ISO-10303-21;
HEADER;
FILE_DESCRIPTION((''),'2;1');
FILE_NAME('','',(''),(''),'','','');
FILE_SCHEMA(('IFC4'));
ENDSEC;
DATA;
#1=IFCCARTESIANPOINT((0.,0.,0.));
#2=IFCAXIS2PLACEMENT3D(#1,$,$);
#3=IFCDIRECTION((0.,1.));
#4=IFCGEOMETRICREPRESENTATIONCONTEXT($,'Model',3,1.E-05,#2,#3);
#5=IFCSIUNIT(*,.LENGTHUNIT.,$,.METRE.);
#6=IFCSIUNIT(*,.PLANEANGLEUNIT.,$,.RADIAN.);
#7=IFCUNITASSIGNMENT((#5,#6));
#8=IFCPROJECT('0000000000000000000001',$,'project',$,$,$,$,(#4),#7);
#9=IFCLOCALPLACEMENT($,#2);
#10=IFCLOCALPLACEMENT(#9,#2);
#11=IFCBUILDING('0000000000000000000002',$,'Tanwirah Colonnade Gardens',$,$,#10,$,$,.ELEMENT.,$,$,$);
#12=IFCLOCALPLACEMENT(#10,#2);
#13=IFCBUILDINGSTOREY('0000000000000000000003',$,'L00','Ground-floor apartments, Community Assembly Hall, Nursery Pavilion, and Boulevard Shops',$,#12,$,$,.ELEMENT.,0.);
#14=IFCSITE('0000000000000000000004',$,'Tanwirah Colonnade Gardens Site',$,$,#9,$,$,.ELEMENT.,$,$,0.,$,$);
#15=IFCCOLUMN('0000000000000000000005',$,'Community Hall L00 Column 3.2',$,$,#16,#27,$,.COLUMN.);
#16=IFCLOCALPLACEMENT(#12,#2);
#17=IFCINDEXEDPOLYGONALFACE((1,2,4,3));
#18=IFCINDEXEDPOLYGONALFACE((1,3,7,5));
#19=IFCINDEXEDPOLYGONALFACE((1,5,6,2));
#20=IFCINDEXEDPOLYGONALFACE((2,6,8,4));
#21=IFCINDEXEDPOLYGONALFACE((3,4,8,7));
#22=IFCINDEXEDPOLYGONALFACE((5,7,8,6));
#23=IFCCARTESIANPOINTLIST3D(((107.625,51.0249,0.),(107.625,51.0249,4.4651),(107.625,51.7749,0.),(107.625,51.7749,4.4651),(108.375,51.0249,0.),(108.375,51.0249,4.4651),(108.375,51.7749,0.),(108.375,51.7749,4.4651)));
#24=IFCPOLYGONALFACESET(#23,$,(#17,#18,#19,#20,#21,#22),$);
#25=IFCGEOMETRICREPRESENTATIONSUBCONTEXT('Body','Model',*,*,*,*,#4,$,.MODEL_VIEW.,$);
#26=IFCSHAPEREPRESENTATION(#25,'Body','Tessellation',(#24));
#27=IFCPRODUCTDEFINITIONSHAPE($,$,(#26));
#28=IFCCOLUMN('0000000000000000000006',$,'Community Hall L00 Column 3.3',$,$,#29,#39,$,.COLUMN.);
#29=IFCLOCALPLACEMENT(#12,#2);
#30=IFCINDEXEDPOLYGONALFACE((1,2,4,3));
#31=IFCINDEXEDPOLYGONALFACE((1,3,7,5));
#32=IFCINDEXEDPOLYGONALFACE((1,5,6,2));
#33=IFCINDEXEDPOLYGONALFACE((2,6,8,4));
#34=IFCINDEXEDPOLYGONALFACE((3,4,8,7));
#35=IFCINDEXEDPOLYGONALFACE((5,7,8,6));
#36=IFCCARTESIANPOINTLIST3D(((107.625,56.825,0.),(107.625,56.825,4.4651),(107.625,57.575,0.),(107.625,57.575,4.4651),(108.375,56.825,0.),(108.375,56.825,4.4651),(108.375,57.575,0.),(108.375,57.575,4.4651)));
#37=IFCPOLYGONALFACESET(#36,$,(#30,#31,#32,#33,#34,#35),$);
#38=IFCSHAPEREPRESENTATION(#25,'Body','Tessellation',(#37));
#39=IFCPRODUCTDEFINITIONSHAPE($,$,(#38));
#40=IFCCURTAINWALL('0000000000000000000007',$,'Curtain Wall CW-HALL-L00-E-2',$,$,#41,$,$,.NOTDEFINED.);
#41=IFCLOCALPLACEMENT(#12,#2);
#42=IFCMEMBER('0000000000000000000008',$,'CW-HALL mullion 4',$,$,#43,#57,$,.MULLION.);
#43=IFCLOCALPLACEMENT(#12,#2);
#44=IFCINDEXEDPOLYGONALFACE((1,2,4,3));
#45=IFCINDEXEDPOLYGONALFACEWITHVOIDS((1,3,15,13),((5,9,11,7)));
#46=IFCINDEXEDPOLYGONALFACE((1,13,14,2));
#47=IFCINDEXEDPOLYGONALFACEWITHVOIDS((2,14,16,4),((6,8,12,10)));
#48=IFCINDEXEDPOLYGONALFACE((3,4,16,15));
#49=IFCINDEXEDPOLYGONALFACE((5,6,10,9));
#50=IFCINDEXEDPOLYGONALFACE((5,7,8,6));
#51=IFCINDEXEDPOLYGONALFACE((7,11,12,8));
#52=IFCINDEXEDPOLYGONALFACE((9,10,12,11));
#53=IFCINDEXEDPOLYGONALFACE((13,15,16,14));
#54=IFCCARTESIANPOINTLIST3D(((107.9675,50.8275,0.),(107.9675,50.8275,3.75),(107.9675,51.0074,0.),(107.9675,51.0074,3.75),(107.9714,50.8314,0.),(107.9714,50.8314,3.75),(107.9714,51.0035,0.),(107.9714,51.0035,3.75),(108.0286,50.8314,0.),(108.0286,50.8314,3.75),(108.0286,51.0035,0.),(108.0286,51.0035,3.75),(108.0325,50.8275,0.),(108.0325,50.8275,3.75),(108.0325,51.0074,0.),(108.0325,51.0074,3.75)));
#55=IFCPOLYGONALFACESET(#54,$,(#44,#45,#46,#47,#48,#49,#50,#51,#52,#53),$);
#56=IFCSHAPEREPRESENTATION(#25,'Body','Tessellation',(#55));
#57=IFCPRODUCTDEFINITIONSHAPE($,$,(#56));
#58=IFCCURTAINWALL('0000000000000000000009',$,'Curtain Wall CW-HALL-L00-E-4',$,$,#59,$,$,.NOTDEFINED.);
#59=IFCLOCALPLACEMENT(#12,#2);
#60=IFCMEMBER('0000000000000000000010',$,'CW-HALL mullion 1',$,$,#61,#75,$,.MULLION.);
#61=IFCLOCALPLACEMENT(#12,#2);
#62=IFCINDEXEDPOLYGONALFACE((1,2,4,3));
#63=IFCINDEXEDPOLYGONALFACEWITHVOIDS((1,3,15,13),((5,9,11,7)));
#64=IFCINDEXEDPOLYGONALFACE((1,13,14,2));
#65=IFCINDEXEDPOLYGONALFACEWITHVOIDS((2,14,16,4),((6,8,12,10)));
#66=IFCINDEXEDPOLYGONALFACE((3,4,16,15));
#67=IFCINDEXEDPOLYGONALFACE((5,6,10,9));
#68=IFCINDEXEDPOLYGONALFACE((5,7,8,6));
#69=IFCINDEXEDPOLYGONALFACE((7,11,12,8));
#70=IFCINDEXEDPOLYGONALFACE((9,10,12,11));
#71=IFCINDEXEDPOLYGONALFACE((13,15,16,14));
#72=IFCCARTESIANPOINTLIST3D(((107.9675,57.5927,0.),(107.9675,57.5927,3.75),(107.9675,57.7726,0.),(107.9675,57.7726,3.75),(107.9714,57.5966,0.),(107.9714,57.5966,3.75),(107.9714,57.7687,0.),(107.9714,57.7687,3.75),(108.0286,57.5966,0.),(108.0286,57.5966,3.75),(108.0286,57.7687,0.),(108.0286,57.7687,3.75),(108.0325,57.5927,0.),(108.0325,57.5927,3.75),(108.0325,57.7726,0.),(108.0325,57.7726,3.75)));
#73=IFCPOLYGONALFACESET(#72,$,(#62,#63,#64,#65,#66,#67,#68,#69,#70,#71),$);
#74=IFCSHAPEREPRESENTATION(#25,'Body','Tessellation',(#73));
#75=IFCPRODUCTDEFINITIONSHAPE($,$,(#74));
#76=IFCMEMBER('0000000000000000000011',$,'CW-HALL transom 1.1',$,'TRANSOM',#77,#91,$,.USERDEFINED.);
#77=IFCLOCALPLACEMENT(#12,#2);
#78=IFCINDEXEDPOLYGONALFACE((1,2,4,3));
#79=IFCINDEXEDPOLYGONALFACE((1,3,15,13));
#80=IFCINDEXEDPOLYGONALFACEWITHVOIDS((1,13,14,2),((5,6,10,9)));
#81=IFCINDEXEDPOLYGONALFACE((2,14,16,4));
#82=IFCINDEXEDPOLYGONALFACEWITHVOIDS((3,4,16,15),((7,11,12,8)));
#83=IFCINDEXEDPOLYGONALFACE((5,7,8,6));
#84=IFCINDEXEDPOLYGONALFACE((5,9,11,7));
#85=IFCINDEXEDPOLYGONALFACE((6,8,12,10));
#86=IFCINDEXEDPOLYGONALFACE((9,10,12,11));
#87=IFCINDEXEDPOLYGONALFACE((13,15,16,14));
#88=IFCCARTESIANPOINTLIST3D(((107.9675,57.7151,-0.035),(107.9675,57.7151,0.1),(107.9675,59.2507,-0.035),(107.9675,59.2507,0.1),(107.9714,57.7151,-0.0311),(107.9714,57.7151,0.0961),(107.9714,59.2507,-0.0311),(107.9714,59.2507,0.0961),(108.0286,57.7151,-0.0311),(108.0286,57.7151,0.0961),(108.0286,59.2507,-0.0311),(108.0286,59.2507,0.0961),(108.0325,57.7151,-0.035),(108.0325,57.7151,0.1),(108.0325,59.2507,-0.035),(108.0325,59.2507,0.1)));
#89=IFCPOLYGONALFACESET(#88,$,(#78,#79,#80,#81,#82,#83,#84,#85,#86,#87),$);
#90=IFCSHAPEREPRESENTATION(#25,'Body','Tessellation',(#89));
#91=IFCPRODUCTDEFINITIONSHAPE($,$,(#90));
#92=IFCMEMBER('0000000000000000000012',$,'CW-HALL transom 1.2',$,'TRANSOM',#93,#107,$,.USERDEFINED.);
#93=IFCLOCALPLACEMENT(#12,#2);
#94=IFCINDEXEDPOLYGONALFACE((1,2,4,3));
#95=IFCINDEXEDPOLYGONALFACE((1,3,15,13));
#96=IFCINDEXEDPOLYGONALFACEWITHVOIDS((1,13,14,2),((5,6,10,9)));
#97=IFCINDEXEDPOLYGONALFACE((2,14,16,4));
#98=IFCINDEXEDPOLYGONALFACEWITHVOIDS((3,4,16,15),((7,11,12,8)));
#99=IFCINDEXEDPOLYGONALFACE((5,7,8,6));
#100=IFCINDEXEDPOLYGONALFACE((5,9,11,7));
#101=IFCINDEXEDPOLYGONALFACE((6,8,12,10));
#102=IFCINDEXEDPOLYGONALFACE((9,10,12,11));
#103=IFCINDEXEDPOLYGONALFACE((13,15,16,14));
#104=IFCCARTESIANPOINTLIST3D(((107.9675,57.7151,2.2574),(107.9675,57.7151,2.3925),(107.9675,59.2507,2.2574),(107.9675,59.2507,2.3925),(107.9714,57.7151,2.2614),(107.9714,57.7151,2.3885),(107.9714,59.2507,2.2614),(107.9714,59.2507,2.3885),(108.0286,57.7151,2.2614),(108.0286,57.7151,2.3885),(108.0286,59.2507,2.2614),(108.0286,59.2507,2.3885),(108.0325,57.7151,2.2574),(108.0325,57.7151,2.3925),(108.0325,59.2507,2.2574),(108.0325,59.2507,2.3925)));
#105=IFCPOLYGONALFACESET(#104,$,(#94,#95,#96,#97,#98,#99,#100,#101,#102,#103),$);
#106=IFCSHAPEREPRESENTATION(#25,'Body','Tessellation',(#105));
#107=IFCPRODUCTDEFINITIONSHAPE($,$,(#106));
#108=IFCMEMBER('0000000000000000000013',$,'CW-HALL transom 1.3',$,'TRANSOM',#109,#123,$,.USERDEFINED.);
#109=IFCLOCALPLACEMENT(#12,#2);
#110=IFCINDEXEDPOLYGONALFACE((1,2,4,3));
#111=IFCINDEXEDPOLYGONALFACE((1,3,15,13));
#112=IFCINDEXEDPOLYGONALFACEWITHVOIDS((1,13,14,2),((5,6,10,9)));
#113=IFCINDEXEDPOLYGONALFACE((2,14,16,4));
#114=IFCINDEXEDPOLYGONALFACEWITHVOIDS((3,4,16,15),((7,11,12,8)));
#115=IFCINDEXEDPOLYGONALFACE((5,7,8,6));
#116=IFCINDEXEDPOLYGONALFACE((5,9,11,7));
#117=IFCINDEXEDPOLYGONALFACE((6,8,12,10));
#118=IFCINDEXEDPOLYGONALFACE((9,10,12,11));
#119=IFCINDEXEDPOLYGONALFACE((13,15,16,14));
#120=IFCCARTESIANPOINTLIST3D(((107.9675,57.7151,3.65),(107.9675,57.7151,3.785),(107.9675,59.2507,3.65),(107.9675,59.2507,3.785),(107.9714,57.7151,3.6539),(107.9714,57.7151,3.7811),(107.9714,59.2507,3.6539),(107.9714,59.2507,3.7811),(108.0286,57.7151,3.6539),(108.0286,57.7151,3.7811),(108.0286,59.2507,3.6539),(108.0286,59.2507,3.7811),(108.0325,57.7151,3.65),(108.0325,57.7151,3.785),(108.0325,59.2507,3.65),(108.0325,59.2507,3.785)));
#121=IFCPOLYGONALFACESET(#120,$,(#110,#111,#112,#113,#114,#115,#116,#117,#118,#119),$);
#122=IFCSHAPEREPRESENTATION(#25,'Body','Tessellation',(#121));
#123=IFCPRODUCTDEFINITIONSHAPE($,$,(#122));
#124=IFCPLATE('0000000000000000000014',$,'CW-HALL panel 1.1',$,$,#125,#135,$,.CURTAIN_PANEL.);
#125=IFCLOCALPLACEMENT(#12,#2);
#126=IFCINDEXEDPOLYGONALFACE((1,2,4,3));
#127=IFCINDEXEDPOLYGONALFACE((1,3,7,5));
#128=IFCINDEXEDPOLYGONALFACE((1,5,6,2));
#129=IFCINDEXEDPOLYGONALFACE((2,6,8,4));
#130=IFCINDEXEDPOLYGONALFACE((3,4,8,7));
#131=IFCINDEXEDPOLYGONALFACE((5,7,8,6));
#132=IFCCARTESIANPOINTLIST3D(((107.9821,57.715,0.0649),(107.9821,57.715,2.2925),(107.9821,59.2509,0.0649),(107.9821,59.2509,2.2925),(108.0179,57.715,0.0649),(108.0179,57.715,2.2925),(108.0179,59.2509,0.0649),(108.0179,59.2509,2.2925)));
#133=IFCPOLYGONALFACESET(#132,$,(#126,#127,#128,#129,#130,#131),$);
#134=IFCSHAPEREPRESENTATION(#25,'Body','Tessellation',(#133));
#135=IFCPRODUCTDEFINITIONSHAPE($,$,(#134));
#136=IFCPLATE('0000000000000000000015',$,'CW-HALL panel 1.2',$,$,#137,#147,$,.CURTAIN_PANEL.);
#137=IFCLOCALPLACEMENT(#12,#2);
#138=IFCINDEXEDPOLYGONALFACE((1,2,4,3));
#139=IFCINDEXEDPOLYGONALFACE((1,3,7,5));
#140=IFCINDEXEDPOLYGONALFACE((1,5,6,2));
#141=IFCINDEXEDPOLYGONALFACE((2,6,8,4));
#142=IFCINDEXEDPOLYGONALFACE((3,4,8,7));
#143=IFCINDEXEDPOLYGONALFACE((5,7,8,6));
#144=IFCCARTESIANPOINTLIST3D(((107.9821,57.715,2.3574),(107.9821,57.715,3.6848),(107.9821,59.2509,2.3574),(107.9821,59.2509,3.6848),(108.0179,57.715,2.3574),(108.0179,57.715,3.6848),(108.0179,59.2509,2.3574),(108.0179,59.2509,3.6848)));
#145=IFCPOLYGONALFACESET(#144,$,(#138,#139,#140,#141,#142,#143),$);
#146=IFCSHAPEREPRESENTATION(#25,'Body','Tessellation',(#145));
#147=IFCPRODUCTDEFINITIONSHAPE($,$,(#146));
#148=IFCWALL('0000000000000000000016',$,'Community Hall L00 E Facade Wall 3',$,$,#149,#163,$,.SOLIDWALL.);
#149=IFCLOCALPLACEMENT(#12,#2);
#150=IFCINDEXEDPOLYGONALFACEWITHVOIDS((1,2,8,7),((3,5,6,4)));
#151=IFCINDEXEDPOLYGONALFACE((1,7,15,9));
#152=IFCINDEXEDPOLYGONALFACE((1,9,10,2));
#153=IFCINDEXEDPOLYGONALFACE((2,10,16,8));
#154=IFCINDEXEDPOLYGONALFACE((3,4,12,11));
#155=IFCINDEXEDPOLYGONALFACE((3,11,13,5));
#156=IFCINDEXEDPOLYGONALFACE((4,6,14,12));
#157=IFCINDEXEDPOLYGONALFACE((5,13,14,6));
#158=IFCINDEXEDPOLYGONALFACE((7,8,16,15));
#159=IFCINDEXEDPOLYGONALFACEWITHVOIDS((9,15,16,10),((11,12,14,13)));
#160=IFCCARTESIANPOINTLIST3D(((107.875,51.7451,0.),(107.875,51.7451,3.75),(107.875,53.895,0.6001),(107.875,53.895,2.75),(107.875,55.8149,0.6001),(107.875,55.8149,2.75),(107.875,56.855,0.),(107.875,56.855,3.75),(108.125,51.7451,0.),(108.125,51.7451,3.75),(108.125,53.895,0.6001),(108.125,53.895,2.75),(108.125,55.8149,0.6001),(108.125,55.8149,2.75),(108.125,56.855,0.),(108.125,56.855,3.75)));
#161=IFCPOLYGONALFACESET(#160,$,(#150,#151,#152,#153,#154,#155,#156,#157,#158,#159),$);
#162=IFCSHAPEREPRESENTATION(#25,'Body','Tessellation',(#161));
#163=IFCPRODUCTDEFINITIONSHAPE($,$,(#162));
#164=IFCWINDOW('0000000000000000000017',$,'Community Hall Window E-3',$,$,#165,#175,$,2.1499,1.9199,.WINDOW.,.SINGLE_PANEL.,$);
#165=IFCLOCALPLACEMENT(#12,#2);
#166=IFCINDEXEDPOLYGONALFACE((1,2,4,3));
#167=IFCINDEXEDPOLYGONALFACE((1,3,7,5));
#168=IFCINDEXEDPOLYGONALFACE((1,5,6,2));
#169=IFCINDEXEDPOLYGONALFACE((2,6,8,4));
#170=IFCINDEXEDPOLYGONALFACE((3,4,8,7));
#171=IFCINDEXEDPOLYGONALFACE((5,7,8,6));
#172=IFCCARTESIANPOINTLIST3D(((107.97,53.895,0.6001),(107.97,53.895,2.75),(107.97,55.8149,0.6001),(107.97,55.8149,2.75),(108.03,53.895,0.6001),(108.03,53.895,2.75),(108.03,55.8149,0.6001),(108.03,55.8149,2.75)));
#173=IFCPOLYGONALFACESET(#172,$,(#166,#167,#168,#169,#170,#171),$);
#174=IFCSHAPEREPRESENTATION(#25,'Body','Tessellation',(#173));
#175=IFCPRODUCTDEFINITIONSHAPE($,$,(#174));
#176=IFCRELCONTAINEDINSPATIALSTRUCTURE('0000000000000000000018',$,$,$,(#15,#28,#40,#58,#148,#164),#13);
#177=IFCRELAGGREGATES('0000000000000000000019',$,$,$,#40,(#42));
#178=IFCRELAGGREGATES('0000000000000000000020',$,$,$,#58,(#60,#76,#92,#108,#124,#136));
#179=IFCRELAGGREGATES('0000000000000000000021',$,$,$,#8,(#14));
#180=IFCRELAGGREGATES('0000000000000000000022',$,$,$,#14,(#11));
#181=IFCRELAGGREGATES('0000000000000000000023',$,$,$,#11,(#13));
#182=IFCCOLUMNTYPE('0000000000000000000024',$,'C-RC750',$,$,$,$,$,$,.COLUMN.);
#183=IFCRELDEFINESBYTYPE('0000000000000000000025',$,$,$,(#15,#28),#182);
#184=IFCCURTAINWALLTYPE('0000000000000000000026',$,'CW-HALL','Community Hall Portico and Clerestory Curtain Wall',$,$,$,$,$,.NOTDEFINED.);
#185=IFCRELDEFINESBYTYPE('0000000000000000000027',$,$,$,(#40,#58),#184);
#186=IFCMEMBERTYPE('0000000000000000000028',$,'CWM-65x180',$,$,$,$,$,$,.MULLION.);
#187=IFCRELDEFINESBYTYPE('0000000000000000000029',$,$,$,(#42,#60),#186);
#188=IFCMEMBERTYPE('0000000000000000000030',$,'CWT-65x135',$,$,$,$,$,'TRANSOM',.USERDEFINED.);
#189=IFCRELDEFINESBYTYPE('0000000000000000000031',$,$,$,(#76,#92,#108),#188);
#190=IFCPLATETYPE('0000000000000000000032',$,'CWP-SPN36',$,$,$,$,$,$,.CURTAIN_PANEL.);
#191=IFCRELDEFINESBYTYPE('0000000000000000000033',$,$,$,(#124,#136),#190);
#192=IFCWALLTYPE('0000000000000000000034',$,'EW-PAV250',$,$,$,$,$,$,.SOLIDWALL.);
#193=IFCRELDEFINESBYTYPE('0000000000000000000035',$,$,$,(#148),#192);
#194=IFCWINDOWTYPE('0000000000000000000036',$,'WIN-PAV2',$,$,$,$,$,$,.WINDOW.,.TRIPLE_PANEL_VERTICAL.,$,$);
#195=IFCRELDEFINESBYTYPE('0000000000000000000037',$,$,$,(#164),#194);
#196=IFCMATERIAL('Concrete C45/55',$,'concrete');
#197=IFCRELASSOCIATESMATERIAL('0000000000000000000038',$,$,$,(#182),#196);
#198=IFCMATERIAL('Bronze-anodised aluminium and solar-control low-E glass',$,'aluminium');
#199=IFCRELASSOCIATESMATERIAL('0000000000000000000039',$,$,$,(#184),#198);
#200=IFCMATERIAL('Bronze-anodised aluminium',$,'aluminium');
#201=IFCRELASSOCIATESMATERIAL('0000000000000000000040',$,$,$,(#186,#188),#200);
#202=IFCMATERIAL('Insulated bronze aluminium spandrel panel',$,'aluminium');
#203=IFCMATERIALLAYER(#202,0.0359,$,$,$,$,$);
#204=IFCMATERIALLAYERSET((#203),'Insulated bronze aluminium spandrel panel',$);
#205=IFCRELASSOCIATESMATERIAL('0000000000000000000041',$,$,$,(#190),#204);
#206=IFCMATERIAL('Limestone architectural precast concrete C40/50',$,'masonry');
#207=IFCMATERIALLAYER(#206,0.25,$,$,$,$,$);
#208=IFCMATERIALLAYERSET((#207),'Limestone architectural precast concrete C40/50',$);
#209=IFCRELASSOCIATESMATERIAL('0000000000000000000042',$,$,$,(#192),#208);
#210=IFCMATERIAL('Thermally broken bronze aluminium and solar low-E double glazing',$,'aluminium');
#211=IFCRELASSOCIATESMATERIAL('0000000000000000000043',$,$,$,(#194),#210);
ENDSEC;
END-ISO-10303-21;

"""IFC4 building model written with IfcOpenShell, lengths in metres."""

from ifc_helpers import new_model, si_unit, direction, frame, frame_2d, origin, origin_2d, place, context, subcontext, project, spatial, rectangle, hollow_rectangle, extrude, material, layer, layer_set, material_profile, profile_set, type_object, element, fill, aggregate, save


model = new_model("IFC4")

# Units and contexts
model_context = context("Model", 3, precision=1e-05, world=origin(), true_north=direction((0.0, 1.0)))
body_context = subcontext(model_context, "Body", "Model", "MODEL_VIEW")
ifc_project = project(units=[si_unit("LENGTHUNIT", "METRE"), si_unit("PLANEANGLEUNIT", "RADIAN")], contexts=[model_context])

# Site, building, storey
site_placement = place(None, origin())
site = spatial("IfcSite", under=ifc_project, at=site_placement, Name="Tanwirah Colonnade Gardens Site", CompositionType="ELEMENT", RefElevation=0.0)
building_placement = place(site_placement, origin())
building = spatial("IfcBuilding", under=site, at=building_placement, Name="Tanwirah Colonnade Gardens", CompositionType="ELEMENT")
storey_placement = place(building_placement, origin())
storey = spatial("IfcBuildingStorey", under=building, at=storey_placement, Name="L00", Description="Ground-floor apartments, Community Assembly Hall, Nursery Pavilion, and Boulevard Shops", CompositionType="ELEMENT", Elevation=0.0)

# Columns
ifc_material_1 = material(Name="Concrete C45/55", Category="concrete")
ifc_material_profile_1 = material_profile(ifc_material_1, rectangle(XDim=0.75, YDim=0.75, at=origin_2d()), Name="RC-COL 750x750")
ifc_profile_set_1 = profile_set([ifc_material_profile_1], Name="Concrete C45/55")
column_type = type_object("IfcColumnType", Name="C-RC750", PredefinedType="COLUMN", material=ifc_profile_set_1)
for number, where, z_axis, x_axis, name in (
    (1, (108.0, 51.3999, 0.0), (0.0, 0.0, 1.0), (1.0, 0.0, 0.0), "Community Hall L00 Column 3.2"),
    (2, (108.0, 57.2, 0.0), (0.0, 0.0, 1.0), (1.0, 0.0, 0.0), "Community Hall L00 Column 3.3"),
):
    element("IfcColumn", number, at=place(storey_placement, frame(where, z_axis=z_axis, x_axis=x_axis)), inside=storey, type_object=column_type, Name=name, PredefinedType="COLUMN", context=body_context, shape_type="SweptSolid", body=[
        extrude(rectangle(XDim=0.75, YDim=0.75, at=origin_2d()), origin(), (0.0, 0.0, 1.0), 4.4651),
    ])

# Curtain wall, member
ifc_material_2 = material(Name="Bronze-anodised aluminium and solar-control low-E glass", Category="aluminium")
curtain_wall_type = type_object("IfcCurtainWallType", Name="CW-HALL", Description="Community Hall Portico and Clerestory Curtain Wall", PredefinedType="NOTDEFINED", material=ifc_material_2)
curtain_wall_1_placement = place(storey_placement, origin())
curtain_wall_1 = element("IfcCurtainWall", 3, at=curtain_wall_1_placement, inside=storey, type_object=curtain_wall_type, Name="Curtain Wall CW-HALL-L00-E-2", PredefinedType="NOTDEFINED")
ifc_material_3 = material(Name="Bronze-anodised aluminium", Category="aluminium")
ifc_material_profile_2 = material_profile(ifc_material_3, hollow_rectangle(XDim=0.0649, YDim=0.1799, WallThickness=0.0039, at=origin_2d()), Name="CW-MUL 65x180x4")
ifc_profile_set_2 = profile_set([ifc_material_profile_2], Name="Bronze-anodised aluminium")
member_type_1 = type_object("IfcMemberType", Name="CWM-65x180", PredefinedType="MULLION", material=ifc_profile_set_2)
member_1_placement = place(storey_placement, frame((108.0, 50.9175, 0.0), z_axis=(0.0, 0.0, 1.0), x_axis=(-1.0, 0.0, 0.0)))
member_1 = element("IfcMember", 4, at=member_1_placement, type_object=member_type_1, Name="CW-HALL mullion 4", PredefinedType="MULLION", context=body_context, shape_type="SweptSolid", body=[
    extrude(hollow_rectangle(XDim=0.0649, YDim=0.1799, WallThickness=0.0039, at=origin_2d()), origin(), (0.0, 0.0, 1.0), 3.75),
])
aggregate(curtain_wall_1, [member_1])

# Curtain wall, members, plates
curtain_wall_2_placement = place(storey_placement, origin())
curtain_wall_2 = element("IfcCurtainWall", 5, at=curtain_wall_2_placement, inside=storey, type_object=curtain_wall_type, Name="Curtain Wall CW-HALL-L00-E-4", PredefinedType="NOTDEFINED")
member_2_placement = place(storey_placement, frame((108.0, 57.6826, 0.0), z_axis=(0.0, 0.0, 1.0), x_axis=(-1.0, 0.0, 0.0)))
member_2 = element("IfcMember", 6, at=member_2_placement, type_object=member_type_1, Name="CW-HALL mullion 1", PredefinedType="MULLION", context=body_context, shape_type="SweptSolid", body=[
    extrude(hollow_rectangle(XDim=0.0649, YDim=0.1799, WallThickness=0.0039, at=origin_2d()), origin(), (0.0, 0.0, 1.0), 3.75),
])
ifc_material_profile_3 = material_profile(ifc_material_3, hollow_rectangle(XDim=0.0649, YDim=0.135, WallThickness=0.0039, at=origin_2d()), Name="CW-TRN 65x135x4")
ifc_profile_set_3 = profile_set([ifc_material_profile_3], Name="Bronze-anodised aluminium")
member_type_2 = type_object("IfcMemberType", Name="CWT-65x135", ElementType="TRANSOM", PredefinedType="USERDEFINED", material=ifc_profile_set_3)
member_3_placement = place(storey_placement, frame((108.0, 57.7151, 0.0325), z_axis=(0.0, 1.0, 0.0), x_axis=(-1.0, 0.0, 0.0)))
member_3 = element("IfcMember", 7, at=member_3_placement, type_object=member_type_2, Name="CW-HALL transom 1.1", ObjectType="TRANSOM", PredefinedType="USERDEFINED", context=body_context, shape_type="SweptSolid", body=[
    extrude(hollow_rectangle(XDim=0.0649, YDim=0.135, WallThickness=0.0039, at=origin_2d()), origin(), (0.0, 0.0, 1.0), 1.5356),
])
member_4_placement = place(storey_placement, frame((108.0, 57.7151, 2.325), z_axis=(0.0, 1.0, 0.0), x_axis=(-1.0, 0.0, 0.0)))
member_4 = element("IfcMember", 8, at=member_4_placement, type_object=member_type_2, Name="CW-HALL transom 1.2", ObjectType="TRANSOM", PredefinedType="USERDEFINED", context=body_context, shape_type="SweptSolid", body=[
    extrude(hollow_rectangle(XDim=0.0649, YDim=0.135, WallThickness=0.0039, at=origin_2d()), origin(), (0.0, 0.0, 1.0), 1.5356),
])
member_5_placement = place(storey_placement, frame((108.0, 57.7151, 3.7175), z_axis=(0.0, 1.0, 0.0), x_axis=(-1.0, 0.0, 0.0)))
member_5 = element("IfcMember", 9, at=member_5_placement, type_object=member_type_2, Name="CW-HALL transom 1.3", ObjectType="TRANSOM", PredefinedType="USERDEFINED", context=body_context, shape_type="SweptSolid", body=[
    extrude(hollow_rectangle(XDim=0.0649, YDim=0.135, WallThickness=0.0039, at=origin_2d()), origin(), (0.0, 0.0, 1.0), 1.5356),
])
ifc_material_4 = material(Name="Insulated bronze aluminium spandrel panel", Category="aluminium")
ifc_layer_1 = layer(ifc_material_4, 0.0359)
ifc_layer_set_1 = layer_set([ifc_layer_1], Name="Insulated bronze aluminium spandrel panel")
plate_type = type_object("IfcPlateType", Name="CWP-SPN36", PredefinedType="CURTAIN_PANEL", material=ifc_layer_set_1)
plate_1_placement = place(storey_placement, frame((108.0, 58.4829, 0.0649), z_axis=(0.0, 0.0, 1.0), x_axis=(0.0, 1.0, 0.0)))
plate_1 = element("IfcPlate", 10, at=plate_1_placement, type_object=plate_type, Name="CW-HALL panel 1.1", PredefinedType="CURTAIN_PANEL", context=body_context, shape_type="SweptSolid", body=[
    extrude(rectangle(XDim=1.5359, YDim=0.0359, at=origin_2d()), origin(), (0.0, 0.0, 1.0), 2.2275),
])
plate_2_placement = place(storey_placement, frame((108.0, 58.4829, 2.3574), z_axis=(0.0, 0.0, 1.0), x_axis=(0.0, 1.0, 0.0)))
plate_2 = element("IfcPlate", 11, at=plate_2_placement, type_object=plate_type, Name="CW-HALL panel 1.2", PredefinedType="CURTAIN_PANEL", context=body_context, shape_type="SweptSolid", body=[
    extrude(rectangle(XDim=1.5359, YDim=0.0359, at=origin_2d()), origin(), (0.0, 0.0, 1.0), 1.3274),
])
aggregate(curtain_wall_2, [member_2, member_3, member_4, member_5, plate_1, plate_2])

# Wall, opening, window
ifc_material_5 = material(Name="Limestone architectural precast concrete C40/50", Category="masonry")
ifc_layer_2 = layer(ifc_material_5, 0.25)
ifc_layer_set_2 = layer_set([ifc_layer_2], Name="Limestone architectural precast concrete C40/50")
wall_type_1 = type_object("IfcWallType", Name="EW-PAV250", PredefinedType="SOLIDWALL", material=ifc_layer_set_2)
wall_1_placement = place(storey_placement, frame((108.0, 51.7451, 0.0), z_axis=(0.0, 0.0, 1.0), x_axis=(0.0, 1.0, 0.0)))
wall_1 = element("IfcWall", 12, at=wall_1_placement, inside=storey, type_object=wall_type_1, Name="Community Hall L00 E Facade Wall 3", PredefinedType="SOLIDWALL", context=body_context, shape_type="SweptSolid", body=[
    extrude(rectangle(XDim=5.1099, YDim=0.25, at=frame_2d((2.5549, 0.0))), origin(), (0.0, 0.0, 1.0), 3.75),
])
opening_1_placement = place(wall_1_placement, frame((2.1499, 0.0, 0.6001)))
opening_1 = element("IfcOpeningElement", 13, at=opening_1_placement, cuts=wall_1, PredefinedType="OPENING", context=body_context, shape_type="SweptSolid", body=[
    extrude(rectangle(XDim=1.9199, YDim=2.1499, at=frame_2d((0.96, 1.075))), frame((0.0, 0.135, 0.0), z_axis=(0.0, -1.0, 0.0), x_axis=(1.0, 0.0, 0.0)), (0.0, 0.0, 1.0), 0.27),
])
ifc_material_6 = material(Name="Thermally broken bronze aluminium and solar low-E double glazing", Category="aluminium")
window_type = type_object("IfcWindowType", Name="WIN-PAV2", PartitioningType="TRIPLE_PANEL_VERTICAL", PredefinedType="WINDOW", material=ifc_material_6)
window_placement = place(opening_1_placement, origin())
window = element("IfcWindow", 14, at=window_placement, inside=storey, type_object=window_type, Name="Community Hall Window E-3", OverallHeight=2.1499, OverallWidth=1.9199, PartitioningType="SINGLE_PANEL", PredefinedType="WINDOW", context=body_context, shape_type="SweptSolid", body=[
    extrude(rectangle(XDim=1.9199, YDim=2.1499, at=frame_2d((0.96, 1.075))), frame((0.0, 0.03, 0.0), z_axis=(0.0, -1.0, 0.0), x_axis=(1.0, 0.0, 0.0)), (0.0, 0.0, 1.0), 0.0601),
])
fill(opening_1, window)

save(model, "model.ifc")
